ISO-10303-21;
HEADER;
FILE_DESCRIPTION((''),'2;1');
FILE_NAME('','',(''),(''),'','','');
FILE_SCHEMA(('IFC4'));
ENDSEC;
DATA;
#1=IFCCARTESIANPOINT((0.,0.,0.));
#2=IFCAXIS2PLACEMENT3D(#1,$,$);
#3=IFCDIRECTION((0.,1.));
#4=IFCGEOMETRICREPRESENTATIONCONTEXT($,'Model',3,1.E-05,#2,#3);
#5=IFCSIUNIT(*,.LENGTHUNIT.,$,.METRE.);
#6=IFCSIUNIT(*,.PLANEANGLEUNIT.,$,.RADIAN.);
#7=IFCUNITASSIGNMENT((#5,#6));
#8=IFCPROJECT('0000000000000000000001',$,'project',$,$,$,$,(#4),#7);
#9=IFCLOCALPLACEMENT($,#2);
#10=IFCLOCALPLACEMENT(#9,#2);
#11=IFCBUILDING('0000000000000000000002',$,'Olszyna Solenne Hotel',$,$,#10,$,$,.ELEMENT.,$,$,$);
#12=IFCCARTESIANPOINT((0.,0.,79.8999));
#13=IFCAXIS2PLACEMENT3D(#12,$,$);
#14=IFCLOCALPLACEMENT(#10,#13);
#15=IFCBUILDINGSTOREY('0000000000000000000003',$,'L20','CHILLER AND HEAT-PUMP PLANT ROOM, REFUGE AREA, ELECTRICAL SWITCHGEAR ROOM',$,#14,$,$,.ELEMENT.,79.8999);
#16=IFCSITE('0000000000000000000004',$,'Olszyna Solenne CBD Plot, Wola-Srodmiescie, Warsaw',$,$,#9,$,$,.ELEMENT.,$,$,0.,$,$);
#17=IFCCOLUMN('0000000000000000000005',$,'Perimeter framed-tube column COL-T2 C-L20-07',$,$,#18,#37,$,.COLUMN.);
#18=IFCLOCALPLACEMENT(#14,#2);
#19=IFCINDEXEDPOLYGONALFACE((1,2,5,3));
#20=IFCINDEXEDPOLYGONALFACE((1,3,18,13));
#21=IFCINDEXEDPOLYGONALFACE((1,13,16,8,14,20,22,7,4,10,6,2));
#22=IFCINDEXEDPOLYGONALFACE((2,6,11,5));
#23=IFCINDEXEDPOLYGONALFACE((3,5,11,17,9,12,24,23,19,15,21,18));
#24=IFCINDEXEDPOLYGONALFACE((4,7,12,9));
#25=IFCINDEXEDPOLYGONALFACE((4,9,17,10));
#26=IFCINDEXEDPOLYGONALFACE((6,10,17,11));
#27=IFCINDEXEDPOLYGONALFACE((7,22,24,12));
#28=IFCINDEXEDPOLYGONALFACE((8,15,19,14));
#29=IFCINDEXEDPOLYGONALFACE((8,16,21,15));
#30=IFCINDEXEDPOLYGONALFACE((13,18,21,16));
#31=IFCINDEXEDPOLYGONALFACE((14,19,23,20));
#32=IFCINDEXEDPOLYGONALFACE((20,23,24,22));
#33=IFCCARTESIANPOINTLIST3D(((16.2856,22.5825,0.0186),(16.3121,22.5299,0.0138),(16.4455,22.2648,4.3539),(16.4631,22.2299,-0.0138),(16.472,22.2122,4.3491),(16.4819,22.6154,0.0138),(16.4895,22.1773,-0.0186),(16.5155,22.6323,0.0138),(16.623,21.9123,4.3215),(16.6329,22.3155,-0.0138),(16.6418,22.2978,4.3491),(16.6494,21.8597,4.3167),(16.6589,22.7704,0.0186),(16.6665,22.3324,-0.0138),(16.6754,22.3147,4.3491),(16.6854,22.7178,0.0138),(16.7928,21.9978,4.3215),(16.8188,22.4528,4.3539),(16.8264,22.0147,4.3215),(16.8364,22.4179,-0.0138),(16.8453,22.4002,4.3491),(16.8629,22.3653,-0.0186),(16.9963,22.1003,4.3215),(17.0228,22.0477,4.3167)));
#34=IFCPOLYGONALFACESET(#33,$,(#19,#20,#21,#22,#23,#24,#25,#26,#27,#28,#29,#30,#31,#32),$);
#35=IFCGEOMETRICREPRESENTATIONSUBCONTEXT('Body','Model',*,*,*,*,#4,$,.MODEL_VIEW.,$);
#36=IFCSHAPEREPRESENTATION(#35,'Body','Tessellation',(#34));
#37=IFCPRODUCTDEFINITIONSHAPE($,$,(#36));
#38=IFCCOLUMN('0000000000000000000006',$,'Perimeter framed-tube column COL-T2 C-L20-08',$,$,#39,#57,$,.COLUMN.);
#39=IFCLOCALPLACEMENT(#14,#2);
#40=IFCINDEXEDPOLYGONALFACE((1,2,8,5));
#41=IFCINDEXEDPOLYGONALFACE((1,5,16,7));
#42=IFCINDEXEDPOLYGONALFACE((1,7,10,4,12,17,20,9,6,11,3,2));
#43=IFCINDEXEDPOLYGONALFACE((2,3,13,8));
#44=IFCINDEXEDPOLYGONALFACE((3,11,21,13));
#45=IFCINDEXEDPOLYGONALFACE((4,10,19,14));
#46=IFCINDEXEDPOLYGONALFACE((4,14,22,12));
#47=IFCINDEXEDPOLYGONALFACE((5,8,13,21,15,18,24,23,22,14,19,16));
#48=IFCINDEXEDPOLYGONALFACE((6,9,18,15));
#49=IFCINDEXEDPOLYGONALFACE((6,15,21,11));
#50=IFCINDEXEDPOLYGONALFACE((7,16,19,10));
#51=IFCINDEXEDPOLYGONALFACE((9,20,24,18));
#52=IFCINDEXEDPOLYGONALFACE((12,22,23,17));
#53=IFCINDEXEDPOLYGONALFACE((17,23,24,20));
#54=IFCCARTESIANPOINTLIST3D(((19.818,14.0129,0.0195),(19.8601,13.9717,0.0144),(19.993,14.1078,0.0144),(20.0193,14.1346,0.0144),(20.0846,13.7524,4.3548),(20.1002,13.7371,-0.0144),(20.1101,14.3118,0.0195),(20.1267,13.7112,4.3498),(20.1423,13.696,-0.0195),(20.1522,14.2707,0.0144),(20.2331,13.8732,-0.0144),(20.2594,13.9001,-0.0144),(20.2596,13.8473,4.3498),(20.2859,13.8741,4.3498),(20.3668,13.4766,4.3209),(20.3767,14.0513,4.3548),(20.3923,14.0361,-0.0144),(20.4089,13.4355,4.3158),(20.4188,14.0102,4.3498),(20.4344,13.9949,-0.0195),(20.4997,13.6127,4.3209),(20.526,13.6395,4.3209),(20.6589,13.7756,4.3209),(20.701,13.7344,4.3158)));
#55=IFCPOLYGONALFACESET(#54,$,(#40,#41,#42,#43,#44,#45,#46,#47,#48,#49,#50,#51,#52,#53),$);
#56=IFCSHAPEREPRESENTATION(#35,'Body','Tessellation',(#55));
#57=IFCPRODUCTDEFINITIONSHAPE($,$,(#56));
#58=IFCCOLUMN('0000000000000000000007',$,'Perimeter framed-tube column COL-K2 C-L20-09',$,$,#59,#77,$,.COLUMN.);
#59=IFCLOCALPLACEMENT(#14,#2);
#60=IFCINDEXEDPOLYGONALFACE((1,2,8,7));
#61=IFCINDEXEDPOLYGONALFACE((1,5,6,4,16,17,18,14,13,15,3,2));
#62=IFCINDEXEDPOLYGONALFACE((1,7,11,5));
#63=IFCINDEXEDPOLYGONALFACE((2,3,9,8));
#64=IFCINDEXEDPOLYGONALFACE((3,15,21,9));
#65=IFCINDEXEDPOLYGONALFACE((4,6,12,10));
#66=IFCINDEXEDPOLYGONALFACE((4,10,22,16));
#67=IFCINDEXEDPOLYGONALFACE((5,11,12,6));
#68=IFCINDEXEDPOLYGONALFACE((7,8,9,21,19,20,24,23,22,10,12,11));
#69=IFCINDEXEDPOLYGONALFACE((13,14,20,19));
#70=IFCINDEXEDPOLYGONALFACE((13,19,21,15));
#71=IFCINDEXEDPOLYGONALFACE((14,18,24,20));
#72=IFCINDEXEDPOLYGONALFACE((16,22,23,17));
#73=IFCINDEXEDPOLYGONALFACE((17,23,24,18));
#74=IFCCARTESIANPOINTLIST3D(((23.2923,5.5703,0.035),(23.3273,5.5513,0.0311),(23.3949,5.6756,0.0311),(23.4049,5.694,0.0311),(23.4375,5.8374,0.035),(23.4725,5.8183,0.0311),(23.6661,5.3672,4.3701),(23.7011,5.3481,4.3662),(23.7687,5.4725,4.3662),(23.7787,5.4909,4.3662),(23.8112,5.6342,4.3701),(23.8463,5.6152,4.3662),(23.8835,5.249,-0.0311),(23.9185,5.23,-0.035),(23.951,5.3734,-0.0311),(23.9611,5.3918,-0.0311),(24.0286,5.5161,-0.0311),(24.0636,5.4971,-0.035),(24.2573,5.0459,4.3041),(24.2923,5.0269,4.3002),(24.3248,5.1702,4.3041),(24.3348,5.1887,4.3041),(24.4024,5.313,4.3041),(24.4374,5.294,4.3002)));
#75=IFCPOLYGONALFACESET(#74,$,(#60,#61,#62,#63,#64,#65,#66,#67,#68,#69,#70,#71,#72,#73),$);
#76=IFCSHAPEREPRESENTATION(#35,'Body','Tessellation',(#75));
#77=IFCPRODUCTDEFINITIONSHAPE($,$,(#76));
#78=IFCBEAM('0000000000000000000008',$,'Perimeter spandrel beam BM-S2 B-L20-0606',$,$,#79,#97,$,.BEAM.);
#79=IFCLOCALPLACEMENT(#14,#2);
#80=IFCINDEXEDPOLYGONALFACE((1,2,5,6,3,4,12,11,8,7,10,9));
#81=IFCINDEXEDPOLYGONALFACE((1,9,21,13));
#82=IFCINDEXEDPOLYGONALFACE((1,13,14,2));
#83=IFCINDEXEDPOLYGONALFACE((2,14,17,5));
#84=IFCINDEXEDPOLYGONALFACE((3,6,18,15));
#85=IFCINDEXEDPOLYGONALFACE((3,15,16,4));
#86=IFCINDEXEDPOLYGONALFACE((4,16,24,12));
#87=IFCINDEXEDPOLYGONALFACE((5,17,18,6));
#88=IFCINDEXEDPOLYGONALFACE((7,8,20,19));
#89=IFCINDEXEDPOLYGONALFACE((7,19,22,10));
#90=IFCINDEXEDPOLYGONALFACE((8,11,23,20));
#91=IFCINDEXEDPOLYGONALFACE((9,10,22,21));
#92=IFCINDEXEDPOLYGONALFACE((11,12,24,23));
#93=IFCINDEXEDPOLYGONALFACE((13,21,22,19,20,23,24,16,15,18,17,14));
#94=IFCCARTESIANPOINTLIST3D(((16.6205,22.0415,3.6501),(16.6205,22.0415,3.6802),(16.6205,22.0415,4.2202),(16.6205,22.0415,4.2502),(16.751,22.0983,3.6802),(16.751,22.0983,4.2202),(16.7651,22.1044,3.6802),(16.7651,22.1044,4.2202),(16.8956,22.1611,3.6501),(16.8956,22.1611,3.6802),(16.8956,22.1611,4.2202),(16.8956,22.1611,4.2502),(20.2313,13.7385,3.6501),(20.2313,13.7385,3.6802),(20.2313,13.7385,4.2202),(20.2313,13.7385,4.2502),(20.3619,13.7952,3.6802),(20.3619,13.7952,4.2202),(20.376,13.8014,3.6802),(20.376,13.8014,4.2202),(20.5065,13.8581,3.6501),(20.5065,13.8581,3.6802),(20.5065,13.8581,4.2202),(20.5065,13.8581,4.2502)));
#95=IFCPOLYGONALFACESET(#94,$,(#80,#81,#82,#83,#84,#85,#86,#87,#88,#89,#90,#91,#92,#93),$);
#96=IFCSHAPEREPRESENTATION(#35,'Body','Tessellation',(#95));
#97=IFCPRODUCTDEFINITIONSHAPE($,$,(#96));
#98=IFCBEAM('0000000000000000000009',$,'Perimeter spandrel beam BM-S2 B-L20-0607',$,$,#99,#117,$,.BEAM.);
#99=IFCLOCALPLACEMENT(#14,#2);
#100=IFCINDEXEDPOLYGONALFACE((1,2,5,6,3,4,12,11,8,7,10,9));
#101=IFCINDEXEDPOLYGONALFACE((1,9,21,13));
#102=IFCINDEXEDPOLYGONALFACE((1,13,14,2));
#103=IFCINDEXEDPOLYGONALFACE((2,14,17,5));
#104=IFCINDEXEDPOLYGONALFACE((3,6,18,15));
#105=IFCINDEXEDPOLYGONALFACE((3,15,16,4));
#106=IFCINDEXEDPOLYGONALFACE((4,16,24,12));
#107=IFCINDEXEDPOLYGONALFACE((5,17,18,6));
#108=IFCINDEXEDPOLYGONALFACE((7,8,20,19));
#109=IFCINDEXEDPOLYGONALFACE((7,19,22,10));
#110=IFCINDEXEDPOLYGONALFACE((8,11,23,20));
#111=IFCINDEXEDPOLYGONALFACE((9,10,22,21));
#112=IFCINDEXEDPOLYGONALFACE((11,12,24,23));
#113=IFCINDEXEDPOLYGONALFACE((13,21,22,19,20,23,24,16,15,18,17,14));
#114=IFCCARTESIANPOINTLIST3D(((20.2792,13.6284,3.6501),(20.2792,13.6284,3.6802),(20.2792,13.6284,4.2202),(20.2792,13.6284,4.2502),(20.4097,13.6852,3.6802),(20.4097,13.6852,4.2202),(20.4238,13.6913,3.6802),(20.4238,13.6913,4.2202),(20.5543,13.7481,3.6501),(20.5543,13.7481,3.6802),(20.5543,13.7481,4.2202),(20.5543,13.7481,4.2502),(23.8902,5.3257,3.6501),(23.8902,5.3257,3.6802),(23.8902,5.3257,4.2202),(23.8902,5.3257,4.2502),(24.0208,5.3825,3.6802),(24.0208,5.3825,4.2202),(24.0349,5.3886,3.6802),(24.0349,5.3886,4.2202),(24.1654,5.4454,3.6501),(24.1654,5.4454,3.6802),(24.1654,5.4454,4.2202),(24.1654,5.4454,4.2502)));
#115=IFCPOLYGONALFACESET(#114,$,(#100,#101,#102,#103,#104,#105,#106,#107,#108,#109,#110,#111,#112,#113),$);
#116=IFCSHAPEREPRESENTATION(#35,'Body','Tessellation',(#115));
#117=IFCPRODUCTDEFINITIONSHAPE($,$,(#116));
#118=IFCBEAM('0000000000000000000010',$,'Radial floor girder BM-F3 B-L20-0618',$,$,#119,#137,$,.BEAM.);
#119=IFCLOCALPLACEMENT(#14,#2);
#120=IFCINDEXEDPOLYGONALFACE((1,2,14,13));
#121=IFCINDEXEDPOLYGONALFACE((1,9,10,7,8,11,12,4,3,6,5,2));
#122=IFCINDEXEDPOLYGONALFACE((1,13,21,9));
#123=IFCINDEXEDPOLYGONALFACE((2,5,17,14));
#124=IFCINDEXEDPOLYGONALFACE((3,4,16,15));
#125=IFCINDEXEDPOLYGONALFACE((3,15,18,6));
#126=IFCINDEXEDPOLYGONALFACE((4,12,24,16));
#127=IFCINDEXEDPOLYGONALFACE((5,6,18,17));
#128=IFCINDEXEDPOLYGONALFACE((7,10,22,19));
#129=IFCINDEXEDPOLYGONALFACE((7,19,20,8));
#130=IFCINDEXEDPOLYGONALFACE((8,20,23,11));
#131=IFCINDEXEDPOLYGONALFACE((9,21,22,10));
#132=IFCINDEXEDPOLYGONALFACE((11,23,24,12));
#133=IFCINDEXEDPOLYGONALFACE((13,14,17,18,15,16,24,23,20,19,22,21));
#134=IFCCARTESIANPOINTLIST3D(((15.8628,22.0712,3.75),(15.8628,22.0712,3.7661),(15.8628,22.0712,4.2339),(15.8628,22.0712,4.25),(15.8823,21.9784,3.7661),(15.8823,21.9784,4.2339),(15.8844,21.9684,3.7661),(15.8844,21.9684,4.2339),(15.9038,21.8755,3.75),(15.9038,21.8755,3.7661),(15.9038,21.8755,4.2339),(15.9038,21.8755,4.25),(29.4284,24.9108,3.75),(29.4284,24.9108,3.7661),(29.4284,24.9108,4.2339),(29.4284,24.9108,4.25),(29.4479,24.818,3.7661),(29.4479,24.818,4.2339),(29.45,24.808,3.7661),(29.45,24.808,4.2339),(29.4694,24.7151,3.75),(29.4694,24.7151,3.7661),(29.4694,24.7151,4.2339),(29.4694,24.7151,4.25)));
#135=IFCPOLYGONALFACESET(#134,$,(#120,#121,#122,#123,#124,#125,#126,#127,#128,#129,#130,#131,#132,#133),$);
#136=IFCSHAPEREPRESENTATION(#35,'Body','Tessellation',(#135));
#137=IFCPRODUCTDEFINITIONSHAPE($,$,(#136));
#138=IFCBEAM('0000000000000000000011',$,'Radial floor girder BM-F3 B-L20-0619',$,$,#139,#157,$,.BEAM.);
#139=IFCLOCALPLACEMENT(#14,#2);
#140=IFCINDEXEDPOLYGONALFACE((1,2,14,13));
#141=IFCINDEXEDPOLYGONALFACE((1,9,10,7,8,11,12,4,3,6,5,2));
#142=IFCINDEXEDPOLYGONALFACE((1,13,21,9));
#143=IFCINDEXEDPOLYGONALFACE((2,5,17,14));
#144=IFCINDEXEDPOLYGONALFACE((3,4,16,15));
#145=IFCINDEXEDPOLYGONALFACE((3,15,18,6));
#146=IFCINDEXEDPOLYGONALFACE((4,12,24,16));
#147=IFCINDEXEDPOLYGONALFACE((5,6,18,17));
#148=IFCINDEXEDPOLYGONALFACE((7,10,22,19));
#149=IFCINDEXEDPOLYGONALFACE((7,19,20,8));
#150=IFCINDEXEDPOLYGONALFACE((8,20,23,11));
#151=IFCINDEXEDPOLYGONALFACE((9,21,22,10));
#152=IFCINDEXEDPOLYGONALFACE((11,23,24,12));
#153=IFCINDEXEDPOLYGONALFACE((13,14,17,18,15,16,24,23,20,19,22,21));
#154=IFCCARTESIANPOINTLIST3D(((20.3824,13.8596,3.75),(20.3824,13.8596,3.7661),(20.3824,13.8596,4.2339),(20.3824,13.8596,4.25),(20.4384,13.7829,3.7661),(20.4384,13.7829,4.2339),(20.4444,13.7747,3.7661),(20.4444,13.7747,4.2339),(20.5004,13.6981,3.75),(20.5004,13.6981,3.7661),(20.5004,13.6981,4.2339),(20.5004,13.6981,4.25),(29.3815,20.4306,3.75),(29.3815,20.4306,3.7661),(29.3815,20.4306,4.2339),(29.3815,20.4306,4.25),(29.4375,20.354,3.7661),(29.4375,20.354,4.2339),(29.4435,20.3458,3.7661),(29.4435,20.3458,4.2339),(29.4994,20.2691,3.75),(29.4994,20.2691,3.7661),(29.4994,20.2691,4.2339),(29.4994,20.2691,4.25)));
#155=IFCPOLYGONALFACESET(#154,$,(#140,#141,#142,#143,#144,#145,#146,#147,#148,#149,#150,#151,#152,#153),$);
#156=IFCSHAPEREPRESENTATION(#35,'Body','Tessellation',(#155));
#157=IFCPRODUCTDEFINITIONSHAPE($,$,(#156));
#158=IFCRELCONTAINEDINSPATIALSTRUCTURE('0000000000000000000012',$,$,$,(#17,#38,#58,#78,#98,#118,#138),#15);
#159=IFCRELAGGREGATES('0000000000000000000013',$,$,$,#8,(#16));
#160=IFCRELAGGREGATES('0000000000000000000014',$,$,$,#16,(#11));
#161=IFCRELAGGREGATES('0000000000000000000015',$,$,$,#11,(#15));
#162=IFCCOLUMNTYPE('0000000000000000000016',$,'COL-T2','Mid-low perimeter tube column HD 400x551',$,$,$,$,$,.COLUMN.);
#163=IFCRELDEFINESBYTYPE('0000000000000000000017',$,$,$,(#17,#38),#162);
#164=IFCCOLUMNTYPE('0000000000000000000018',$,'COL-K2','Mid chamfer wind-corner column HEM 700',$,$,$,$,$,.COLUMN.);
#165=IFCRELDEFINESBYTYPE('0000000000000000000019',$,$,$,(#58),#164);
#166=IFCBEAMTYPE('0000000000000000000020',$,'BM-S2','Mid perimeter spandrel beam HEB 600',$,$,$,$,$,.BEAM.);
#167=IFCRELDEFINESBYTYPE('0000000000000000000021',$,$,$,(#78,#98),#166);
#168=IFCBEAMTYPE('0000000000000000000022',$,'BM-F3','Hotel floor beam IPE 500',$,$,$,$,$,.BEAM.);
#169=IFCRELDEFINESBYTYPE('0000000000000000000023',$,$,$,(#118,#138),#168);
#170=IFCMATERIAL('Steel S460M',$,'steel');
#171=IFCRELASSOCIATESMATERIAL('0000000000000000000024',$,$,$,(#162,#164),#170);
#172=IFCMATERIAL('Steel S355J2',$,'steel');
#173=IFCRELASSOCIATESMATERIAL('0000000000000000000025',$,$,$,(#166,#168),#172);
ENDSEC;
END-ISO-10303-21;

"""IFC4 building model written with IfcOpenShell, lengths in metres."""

from ifc_helpers import new_model, si_unit, direction, frame, origin, origin_2d, place, context, subcontext, project, spatial, i_section, extrude, source, transform, mapped, material, material_profile, profile_set, type_object, element, save


model = new_model("IFC4")

# Units and contexts
model_context = context("Model", 3, precision=1e-05, world=origin(), true_north=direction((0.0, 1.0)))
body_context = subcontext(model_context, "Body", "Model", "MODEL_VIEW")
ifc_project = project(units=[si_unit("LENGTHUNIT", "METRE"), si_unit("PLANEANGLEUNIT", "RADIAN")], contexts=[model_context])

# Site, building, storey
site_placement = place(None, origin())
site = spatial("IfcSite", under=ifc_project, at=site_placement, Name="Olszyna Solenne CBD Plot, Wola-Srodmiescie, Warsaw", CompositionType="ELEMENT", RefElevation=0.0)
building_placement = place(site_placement, origin())
building = spatial("IfcBuilding", under=site, at=building_placement, Name="Olszyna Solenne Hotel", CompositionType="ELEMENT")
storey_placement = place(building_placement, frame((0.0, 0.0, 79.8999)))
storey = spatial("IfcBuildingStorey", under=building, at=storey_placement, Name="L20", Description="CHILLER AND HEAT-PUMP PLANT ROOM, REFUGE AREA, ELECTRICAL SWITCHGEAR ROOM", CompositionType="ELEMENT", Elevation=79.8999)

# Columns
ifc_material_1 = material(Name="Steel S460M", Category="steel")
ifc_material_profile_1 = material_profile(ifc_material_1, i_section(OverallWidth=0.418, OverallDepth=0.4551, WebThickness=0.0376, FlangeThickness=0.0591, at=origin_2d()), Name="HD 400x551", Category="load-bearing")
ifc_profile_set_1 = profile_set([ifc_material_profile_1], Name="Steel S460M")
column_type_1 = type_object("IfcColumnType", Name="COL-T2", Description="Mid-low perimeter tube column HD 400x551", PredefinedType="COLUMN", material=ifc_profile_set_1)
shared_shape_1 = source(origin(), body_context, "Body", "SweptSolid", [
    extrude(i_section(OverallWidth=0.418, OverallDepth=0.4551, WebThickness=0.0376, FlangeThickness=0.0591, at=origin_2d()), origin(), (0.0, 0.0, 1.0), 4.3499),
])
column_1_placement = place(storey_placement, frame((16.5742, 22.4739, 0.0), z_axis=(0.036763, -0.073022, 0.996653), x_axis=(0.893188, 0.449683, 0.0)))
element("IfcColumn", 1, at=column_1_placement, inside=storey, type_object=column_type_1, Name="Perimeter framed-tube column COL-T2 C-L20-07", PredefinedType="COLUMN", context=body_context, shape_type="MappedRepresentation", body=[
    mapped(shared_shape_1, transform((0.0, 0.0, 0.0), x_axis=(1.0, 0.0, 0.0), y_axis=(0.0, 1.0, 0.0), z_axis=(0.0, 0.0, 1.0), scale=1.0)),
])
shared_shape_2 = source(origin(), body_context, "Body", "SweptSolid", [
    extrude(i_section(OverallWidth=0.418, OverallDepth=0.4551, WebThickness=0.0376, FlangeThickness=0.0591, at=origin_2d()), origin(), (0.0, 0.0, 1.0), 4.3513),
])
column_2_placement = place(storey_placement, frame((20.1262, 14.0039, 0.0), z_axis=(0.061271, -0.059868, 0.996324), x_axis=(0.698872, 0.715247, 0.0)))
element("IfcColumn", 2, at=column_2_placement, inside=storey, type_object=column_type_1, Name="Perimeter framed-tube column COL-T2 C-L20-08", PredefinedType="COLUMN", context=body_context, shape_type="MappedRepresentation", body=[
    mapped(shared_shape_2, transform((0.0, 0.0, 0.0), x_axis=(1.0, 0.0, 0.0), y_axis=(0.0, 1.0, 0.0), z_axis=(0.0, 0.0, 1.0), scale=1.0)),
])
ifc_material_profile_2 = material_profile(ifc_material_1, i_section(OverallWidth=0.304, OverallDepth=0.7161, WebThickness=0.021, FlangeThickness=0.04, at=origin_2d()), Name="HEM 700", Category="load-bearing")
ifc_profile_set_2 = profile_set([ifc_material_profile_2], Name="Steel S460M")
column_type_2 = type_object("IfcColumnType", Name="COL-K2", Description="Mid chamfer wind-corner column HEM 700", PredefinedType="COLUMN", material=ifc_profile_set_2)
shared_shape_3 = source(origin(), body_context, "Body", "SweptSolid", [
    extrude(i_section(OverallWidth=0.304, OverallDepth=0.7161, WebThickness=0.021, FlangeThickness=0.04, at=origin_2d()), origin(), (0.0, 0.0, 1.0), 4.356),
])
column_3_placement = place(storey_placement, frame((23.678, 5.5337, 0.0), z_axis=(0.085807, -0.046631, 0.99522), x_axis=(0.477484, 0.87864, 0.0)))
element("IfcColumn", 3, at=column_3_placement, inside=storey, type_object=column_type_2, Name="Perimeter framed-tube column COL-K2 C-L20-09", PredefinedType="COLUMN", context=body_context, shape_type="MappedRepresentation", body=[
    mapped(shared_shape_3, transform((0.0, 0.0, 0.0), x_axis=(1.0, 0.0, 0.0), y_axis=(0.0, 1.0, 0.0), z_axis=(0.0, 0.0, 1.0), scale=1.0)),
])

# Beams
ifc_material_2 = material(Name="Steel S355J2", Category="steel")
ifc_material_profile_3 = material_profile(ifc_material_2, i_section(OverallWidth=0.3, OverallDepth=0.6001, WebThickness=0.0154, FlangeThickness=0.03, at=origin_2d()), Name="HEB 600", Category="load-bearing")
ifc_profile_set_3 = profile_set([ifc_material_profile_3], Name="Steel S355J2")
beam_type_1 = type_object("IfcBeamType", Name="BM-S2", Description="Mid perimeter spandrel beam HEB 600", PredefinedType="BEAM", material=ifc_profile_set_3)
shared_shape_4 = source(origin(), body_context, "Body", "SweptSolid", [
    extrude(i_section(OverallWidth=0.3, OverallDepth=0.6001, WebThickness=0.0154, FlangeThickness=0.03, at=origin_2d()), origin(), (0.0, 0.0, 1.0), 9.0542),
])
beam_1_placement = place(storey_placement, frame((16.7581, 22.1013, 3.9502), z_axis=(0.398805, -0.917036, 0.0), x_axis=(0.917036, 0.398805, 0.0)))
element("IfcBeam", 4, at=beam_1_placement, inside=storey, type_object=beam_type_1, Name="Perimeter spandrel beam BM-S2 B-L20-0606", PredefinedType="BEAM", context=body_context, shape_type="MappedRepresentation", body=[
    mapped(shared_shape_4, transform((0.0, 0.0, 0.0), x_axis=(1.0, 0.0, 0.0), y_axis=(0.0, 1.0, 0.0), z_axis=(0.0, 0.0, 1.0), scale=1.0)),
])
shared_shape_5 = source(origin(), body_context, "Body", "SweptSolid", [
    extrude(i_section(OverallWidth=0.3, OverallDepth=0.6001, WebThickness=0.0154, FlangeThickness=0.03, at=origin_2d()), origin(), (0.0, 0.0, 1.0), 9.054),
])
beam_2_placement = place(storey_placement, frame((20.4167, 13.6882, 3.9502), z_axis=(0.398838, -0.917022, 0.0), x_axis=(0.917022, 0.398838, 0.0)))
element("IfcBeam", 5, at=beam_2_placement, inside=storey, type_object=beam_type_1, Name="Perimeter spandrel beam BM-S2 B-L20-0607", PredefinedType="BEAM", context=body_context, shape_type="MappedRepresentation", body=[
    mapped(shared_shape_5, transform((0.0, 0.0, 0.0), x_axis=(1.0, 0.0, 0.0), y_axis=(0.0, 1.0, 0.0), z_axis=(0.0, 0.0, 1.0), scale=1.0)),
])
ifc_material_profile_4 = material_profile(ifc_material_2, i_section(OverallWidth=0.2, OverallDepth=0.5, WebThickness=0.0103, FlangeThickness=0.0161, at=origin_2d()), Name="IPE 500", Category="load-bearing")
ifc_profile_set_4 = profile_set([ifc_material_profile_4], Name="Steel S355J2")
beam_type_2 = type_object("IfcBeamType", Name="BM-F3", Description="Hotel floor beam IPE 500", PredefinedType="BEAM", material=ifc_profile_set_4)
shared_shape_6 = source(origin(), body_context, "Body", "SweptSolid", [
    extrude(i_section(OverallWidth=0.2, OverallDepth=0.5, WebThickness=0.0103, FlangeThickness=0.0161, at=origin_2d()), origin(), (0.0, 0.0, 1.0), 13.8596),
])
beam_3_placement = place(storey_placement, frame((15.8833, 21.9734, 4.0), z_axis=(0.978787, 0.204882, 0.0), x_axis=(-0.204882, 0.978787, 0.0)))
element("IfcBeam", 6, at=beam_3_placement, inside=storey, type_object=beam_type_2, Name="Radial floor girder BM-F3 B-L20-0618", PredefinedType="BEAM", context=body_context, shape_type="MappedRepresentation", body=[
    mapped(shared_shape_6, transform((0.0, 0.0, 0.0), x_axis=(1.0, 0.0, 0.0), y_axis=(0.0, 1.0, 0.0), z_axis=(0.0, 0.0, 1.0), scale=1.0)),
])
shared_shape_7 = source(origin(), body_context, "Body", "SweptSolid", [
    extrude(i_section(OverallWidth=0.2, OverallDepth=0.5, WebThickness=0.0103, FlangeThickness=0.0161, at=origin_2d()), origin(), (0.0, 0.0, 1.0), 11.1428),
])
beam_4_placement = place(storey_placement, frame((20.4414, 13.7788, 4.0), z_axis=(0.807612, 0.589714, 0.0), x_axis=(-0.589714, 0.807612, 0.0)))
element("IfcBeam", 7, at=beam_4_placement, inside=storey, type_object=beam_type_2, Name="Radial floor girder BM-F3 B-L20-0619", PredefinedType="BEAM", context=body_context, shape_type="MappedRepresentation", body=[
    mapped(shared_shape_7, transform((0.0, 0.0, 0.0), x_axis=(1.0, 0.0, 0.0), y_axis=(0.0, 1.0, 0.0), z_axis=(0.0, 0.0, 1.0), scale=1.0)),
])

save(model, "model.ifc")
